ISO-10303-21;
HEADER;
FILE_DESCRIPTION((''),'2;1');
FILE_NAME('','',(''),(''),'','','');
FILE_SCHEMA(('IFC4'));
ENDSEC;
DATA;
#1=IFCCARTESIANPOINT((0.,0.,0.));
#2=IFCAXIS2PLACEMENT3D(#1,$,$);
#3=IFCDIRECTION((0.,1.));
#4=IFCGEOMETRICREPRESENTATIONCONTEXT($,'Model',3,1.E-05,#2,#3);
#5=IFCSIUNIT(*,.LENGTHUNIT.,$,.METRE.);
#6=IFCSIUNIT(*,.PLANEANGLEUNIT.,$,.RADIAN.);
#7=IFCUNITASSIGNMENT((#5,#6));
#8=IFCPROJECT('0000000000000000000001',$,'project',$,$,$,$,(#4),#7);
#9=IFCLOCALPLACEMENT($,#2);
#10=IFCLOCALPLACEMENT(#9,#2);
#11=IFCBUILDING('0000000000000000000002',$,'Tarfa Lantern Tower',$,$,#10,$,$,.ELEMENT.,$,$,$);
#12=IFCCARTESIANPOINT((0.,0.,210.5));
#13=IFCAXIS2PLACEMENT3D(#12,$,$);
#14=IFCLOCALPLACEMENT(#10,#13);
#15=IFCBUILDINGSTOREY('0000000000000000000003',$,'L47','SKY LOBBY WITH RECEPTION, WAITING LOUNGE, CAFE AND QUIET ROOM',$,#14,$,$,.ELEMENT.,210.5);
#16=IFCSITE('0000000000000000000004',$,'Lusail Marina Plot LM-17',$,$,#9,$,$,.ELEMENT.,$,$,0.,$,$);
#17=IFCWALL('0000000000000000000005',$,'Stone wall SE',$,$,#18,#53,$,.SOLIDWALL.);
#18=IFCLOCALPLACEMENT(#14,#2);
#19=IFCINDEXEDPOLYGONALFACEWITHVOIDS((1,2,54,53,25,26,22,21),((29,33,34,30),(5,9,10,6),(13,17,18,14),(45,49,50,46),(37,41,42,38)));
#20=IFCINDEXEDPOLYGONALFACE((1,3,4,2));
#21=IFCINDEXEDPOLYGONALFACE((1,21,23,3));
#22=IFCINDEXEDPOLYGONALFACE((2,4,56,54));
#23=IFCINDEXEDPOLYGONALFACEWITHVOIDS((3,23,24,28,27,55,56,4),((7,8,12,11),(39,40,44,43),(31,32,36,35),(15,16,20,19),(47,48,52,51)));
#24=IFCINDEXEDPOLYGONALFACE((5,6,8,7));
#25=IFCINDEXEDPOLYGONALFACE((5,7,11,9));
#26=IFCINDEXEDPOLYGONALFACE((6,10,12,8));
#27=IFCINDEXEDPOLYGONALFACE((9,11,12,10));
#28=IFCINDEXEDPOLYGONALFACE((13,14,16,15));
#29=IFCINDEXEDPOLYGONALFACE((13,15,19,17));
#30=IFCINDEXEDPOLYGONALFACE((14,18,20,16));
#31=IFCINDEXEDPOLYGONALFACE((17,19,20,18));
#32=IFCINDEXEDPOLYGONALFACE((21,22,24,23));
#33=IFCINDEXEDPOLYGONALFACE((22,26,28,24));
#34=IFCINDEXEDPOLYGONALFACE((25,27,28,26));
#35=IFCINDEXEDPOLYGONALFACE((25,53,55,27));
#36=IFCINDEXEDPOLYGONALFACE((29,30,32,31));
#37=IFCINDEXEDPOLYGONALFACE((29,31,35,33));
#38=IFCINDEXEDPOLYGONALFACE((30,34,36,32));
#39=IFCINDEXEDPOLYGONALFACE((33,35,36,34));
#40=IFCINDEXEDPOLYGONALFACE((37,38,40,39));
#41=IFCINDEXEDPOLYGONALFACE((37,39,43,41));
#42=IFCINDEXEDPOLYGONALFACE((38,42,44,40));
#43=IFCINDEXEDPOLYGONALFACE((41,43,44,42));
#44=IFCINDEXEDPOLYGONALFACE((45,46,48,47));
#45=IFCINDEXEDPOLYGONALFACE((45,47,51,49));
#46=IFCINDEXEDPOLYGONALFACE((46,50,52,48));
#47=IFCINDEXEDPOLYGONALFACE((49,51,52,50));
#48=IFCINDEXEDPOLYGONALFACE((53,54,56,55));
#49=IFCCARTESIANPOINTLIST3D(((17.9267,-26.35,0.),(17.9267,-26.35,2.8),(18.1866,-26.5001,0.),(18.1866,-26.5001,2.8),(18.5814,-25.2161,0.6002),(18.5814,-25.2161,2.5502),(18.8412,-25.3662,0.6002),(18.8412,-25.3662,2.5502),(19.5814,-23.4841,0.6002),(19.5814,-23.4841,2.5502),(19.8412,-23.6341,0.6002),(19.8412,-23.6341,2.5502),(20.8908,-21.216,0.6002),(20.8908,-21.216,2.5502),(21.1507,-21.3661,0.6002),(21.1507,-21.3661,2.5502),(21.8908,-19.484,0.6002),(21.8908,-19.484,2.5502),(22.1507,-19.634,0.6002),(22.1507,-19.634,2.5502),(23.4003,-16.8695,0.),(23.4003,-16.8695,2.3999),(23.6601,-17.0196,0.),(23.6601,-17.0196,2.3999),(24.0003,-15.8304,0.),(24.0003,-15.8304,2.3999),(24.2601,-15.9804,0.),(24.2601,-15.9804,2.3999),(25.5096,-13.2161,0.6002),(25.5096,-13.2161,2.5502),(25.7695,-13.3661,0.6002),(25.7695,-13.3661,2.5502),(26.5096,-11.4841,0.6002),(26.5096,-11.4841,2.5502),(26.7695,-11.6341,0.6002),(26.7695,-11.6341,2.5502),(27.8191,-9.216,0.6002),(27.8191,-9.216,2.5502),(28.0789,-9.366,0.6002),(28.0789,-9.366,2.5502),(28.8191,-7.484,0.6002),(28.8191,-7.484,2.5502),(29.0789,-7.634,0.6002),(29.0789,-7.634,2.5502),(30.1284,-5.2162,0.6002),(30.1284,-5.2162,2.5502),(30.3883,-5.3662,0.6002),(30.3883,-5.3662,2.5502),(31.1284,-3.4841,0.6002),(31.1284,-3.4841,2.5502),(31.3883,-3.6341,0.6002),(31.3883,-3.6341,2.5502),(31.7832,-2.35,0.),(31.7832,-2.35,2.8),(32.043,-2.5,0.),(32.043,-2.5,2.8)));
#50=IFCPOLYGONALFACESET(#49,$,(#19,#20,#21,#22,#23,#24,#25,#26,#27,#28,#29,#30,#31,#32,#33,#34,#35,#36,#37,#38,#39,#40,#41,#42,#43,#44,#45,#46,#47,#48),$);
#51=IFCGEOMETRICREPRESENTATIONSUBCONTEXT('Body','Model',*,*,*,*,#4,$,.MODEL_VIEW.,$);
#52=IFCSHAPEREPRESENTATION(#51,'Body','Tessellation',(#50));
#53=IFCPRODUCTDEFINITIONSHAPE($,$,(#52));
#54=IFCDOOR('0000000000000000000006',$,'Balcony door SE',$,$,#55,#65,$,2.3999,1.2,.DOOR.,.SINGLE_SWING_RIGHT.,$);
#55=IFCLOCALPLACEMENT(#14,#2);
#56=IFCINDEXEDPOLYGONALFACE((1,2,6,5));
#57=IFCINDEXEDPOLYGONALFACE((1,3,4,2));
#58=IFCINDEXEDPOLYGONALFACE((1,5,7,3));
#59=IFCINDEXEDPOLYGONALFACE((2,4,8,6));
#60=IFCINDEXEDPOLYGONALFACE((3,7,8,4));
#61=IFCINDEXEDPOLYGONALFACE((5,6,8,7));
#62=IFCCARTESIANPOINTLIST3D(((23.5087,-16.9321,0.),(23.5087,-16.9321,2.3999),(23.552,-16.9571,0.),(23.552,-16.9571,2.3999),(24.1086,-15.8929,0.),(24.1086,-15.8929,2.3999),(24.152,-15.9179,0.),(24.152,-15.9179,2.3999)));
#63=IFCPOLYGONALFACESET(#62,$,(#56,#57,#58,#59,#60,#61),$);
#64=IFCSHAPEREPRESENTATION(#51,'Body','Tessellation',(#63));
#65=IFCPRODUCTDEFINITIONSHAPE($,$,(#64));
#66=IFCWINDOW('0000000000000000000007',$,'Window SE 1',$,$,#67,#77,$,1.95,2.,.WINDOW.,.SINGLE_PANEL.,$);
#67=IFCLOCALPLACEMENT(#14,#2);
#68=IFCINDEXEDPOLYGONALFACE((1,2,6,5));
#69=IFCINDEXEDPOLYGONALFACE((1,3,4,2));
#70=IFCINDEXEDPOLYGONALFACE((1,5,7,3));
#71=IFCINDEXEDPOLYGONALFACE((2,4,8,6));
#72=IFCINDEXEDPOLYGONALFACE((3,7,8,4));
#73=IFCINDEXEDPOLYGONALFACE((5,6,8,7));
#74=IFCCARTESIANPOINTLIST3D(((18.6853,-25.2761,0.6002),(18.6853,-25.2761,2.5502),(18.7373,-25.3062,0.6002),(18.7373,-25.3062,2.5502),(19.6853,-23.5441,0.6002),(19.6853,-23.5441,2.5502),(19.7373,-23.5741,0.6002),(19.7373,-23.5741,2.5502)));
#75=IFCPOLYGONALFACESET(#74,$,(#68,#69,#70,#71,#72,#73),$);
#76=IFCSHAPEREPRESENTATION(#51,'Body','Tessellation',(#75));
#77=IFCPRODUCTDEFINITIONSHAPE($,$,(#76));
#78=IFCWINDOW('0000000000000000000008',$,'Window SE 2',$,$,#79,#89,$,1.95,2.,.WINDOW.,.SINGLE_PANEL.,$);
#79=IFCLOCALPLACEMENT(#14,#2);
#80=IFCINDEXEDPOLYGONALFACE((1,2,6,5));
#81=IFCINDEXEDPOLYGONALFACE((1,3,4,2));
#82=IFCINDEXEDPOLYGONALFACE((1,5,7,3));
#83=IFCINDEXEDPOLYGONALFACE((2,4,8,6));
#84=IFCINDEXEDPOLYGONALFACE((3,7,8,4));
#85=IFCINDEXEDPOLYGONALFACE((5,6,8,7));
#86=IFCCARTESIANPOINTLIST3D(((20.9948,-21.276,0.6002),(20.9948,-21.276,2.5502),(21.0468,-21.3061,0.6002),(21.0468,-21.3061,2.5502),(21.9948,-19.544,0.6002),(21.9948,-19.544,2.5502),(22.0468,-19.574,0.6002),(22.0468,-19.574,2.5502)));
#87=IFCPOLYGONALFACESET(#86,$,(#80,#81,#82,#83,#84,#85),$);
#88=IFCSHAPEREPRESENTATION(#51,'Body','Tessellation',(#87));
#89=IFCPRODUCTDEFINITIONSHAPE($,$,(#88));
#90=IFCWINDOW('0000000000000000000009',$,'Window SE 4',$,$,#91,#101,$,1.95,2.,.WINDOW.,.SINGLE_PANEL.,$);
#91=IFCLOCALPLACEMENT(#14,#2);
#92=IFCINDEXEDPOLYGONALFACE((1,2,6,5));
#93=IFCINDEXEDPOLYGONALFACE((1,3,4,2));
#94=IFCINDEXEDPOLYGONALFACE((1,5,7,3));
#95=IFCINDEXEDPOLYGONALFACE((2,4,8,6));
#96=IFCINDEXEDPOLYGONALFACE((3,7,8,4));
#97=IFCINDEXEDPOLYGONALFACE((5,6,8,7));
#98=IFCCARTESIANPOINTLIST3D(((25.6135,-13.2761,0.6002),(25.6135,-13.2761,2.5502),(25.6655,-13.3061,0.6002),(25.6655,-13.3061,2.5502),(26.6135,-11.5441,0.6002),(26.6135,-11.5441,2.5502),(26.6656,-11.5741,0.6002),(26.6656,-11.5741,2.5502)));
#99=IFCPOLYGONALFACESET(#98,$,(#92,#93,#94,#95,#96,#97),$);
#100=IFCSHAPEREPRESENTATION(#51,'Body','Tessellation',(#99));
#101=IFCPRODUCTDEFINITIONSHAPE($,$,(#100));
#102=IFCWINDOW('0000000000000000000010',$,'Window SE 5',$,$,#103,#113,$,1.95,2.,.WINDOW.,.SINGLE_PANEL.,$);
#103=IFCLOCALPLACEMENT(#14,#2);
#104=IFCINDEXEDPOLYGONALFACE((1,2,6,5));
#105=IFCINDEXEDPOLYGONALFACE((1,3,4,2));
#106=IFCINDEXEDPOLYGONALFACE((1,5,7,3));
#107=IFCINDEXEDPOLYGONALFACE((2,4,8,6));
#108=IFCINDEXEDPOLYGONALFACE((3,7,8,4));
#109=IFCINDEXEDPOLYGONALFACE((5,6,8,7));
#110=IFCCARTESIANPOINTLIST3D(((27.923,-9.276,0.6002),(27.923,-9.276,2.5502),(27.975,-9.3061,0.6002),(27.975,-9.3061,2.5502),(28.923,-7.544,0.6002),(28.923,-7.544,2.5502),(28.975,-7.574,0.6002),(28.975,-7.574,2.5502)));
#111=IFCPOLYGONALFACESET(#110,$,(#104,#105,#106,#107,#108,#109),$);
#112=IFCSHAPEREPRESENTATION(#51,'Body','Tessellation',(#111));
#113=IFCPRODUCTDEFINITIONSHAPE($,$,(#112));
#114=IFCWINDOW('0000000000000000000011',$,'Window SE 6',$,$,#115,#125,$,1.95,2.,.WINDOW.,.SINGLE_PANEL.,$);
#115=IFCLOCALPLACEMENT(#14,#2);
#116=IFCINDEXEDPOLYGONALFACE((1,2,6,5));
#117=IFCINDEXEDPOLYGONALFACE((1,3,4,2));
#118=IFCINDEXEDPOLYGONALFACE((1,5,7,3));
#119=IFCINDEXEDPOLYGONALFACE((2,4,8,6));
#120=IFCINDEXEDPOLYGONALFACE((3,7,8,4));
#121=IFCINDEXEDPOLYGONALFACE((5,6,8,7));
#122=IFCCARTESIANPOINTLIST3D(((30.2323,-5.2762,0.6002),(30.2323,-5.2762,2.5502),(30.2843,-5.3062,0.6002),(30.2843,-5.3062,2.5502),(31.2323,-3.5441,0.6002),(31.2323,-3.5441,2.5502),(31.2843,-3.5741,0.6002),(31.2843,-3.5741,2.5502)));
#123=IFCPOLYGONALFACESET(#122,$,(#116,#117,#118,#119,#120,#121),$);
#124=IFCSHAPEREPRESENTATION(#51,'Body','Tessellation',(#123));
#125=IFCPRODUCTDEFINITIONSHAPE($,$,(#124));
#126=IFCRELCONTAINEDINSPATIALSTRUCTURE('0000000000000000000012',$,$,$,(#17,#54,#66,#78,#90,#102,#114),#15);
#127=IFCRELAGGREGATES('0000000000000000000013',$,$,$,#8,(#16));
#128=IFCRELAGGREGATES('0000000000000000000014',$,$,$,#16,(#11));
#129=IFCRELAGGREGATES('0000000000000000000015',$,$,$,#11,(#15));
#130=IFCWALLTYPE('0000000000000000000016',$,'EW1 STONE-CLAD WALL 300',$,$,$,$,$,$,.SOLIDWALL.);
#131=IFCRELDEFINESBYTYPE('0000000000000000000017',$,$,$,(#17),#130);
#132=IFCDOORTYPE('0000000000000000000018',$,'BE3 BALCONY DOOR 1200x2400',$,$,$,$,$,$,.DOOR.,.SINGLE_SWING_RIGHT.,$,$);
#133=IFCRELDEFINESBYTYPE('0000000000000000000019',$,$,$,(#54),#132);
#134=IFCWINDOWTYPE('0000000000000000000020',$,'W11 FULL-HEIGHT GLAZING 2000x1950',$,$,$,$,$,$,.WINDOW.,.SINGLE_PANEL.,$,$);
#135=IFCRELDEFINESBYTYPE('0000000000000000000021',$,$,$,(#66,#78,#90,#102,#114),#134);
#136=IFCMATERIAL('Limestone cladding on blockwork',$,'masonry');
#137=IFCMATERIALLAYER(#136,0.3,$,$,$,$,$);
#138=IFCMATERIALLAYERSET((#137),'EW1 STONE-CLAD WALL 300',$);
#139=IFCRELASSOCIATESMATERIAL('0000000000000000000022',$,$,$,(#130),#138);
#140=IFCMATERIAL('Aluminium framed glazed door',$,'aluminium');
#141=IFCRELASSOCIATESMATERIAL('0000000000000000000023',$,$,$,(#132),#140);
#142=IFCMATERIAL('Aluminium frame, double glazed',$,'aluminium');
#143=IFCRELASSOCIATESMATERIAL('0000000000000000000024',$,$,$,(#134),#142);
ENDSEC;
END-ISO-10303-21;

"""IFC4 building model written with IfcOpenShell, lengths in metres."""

from ifc_helpers import new_model, si_unit, direction, frame, frame_2d, origin, place, context, subcontext, project, spatial, rectangle, extrude, material, layer, layer_set, type_object, element, fill, save


model = new_model("IFC4")

# Units and contexts
model_context = context("Model", 3, precision=1e-05, world=origin(), true_north=direction((0.0, 1.0)))
body_context = subcontext(model_context, "Body", "Model", "MODEL_VIEW")
ifc_project = project(units=[si_unit("LENGTHUNIT", "METRE"), si_unit("PLANEANGLEUNIT", "RADIAN")], contexts=[model_context])

# Site, building, storey
site_placement = place(None, origin())
site = spatial("IfcSite", under=ifc_project, at=site_placement, Name="Lusail Marina Plot LM-17", CompositionType="ELEMENT", RefElevation=0.0)
building_placement = place(site_placement, origin())
building = spatial("IfcBuilding", under=site, at=building_placement, Name="Tarfa Lantern Tower", CompositionType="ELEMENT")
storey_placement = place(building_placement, frame((0.0, 0.0, 210.5)))
storey = spatial("IfcBuildingStorey", under=building, at=storey_placement, Name="L47", Description="SKY LOBBY WITH RECEPTION, WAITING LOUNGE, CAFE AND QUIET ROOM", CompositionType="ELEMENT", Elevation=210.5)

# Wall, openings, door, windows
ifc_material_1 = material(Name="Limestone cladding on blockwork", Category="masonry")
ifc_layer = layer(ifc_material_1, 0.3)
ifc_layer_set = layer_set([ifc_layer], Name="EW1 STONE-CLAD WALL 300")
wall_type = type_object("IfcWallType", Name="EW1 STONE-CLAD WALL 300", PredefinedType="SOLIDWALL", material=ifc_layer_set)
wall_placement = place(storey_placement, frame((18.0566, -26.425, 0.0), z_axis=(0.0, 0.0, 1.0), x_axis=(0.500001, 0.866025, 0.0)))
wall = element("IfcWall", 1, at=wall_placement, inside=storey, type_object=wall_type, Name="Stone wall SE", PredefinedType="SOLIDWALL", context=body_context, shape_type="SweptSolid", body=[
    extrude(rectangle(XDim=27.7129, YDim=0.3, at=frame_2d((13.8564, 0.0))), origin(), (0.0, 0.0, 1.0), 2.8),
])
opening_1_placement = place(wall_placement, frame((1.3093, 0.0, 0.6001)))
opening_1 = element("IfcOpeningElement", 2, at=opening_1_placement, cuts=wall, PredefinedType="OPENING", context=body_context, shape_type="SweptSolid", body=[
    extrude(rectangle(XDim=2.0, YDim=1.95, at=frame_2d((1.0, 0.9751))), frame((0.0, 0.1599, 0.0), z_axis=(0.0, -1.0, 0.0), x_axis=(1.0, 0.0, 0.0)), (0.0, 0.0, 1.0), 0.3201),
])
opening_2_placement = place(wall_placement, frame((5.9282, 0.0, 0.6001)))
opening_2 = element("IfcOpeningElement", 3, at=opening_2_placement, cuts=wall, PredefinedType="OPENING", context=body_context, shape_type="SweptSolid", body=[
    extrude(rectangle(XDim=2.0, YDim=1.95, at=frame_2d((1.0, 0.9751))), frame((0.0, 0.1599, 0.0), z_axis=(0.0, -1.0, 0.0), x_axis=(1.0, 0.0, 0.0)), (0.0, 0.0, 1.0), 0.3201),
])
opening_3_placement = place(wall_placement, frame((10.947, 0.0, 0.0)))
opening_3 = element("IfcOpeningElement", 4, at=opening_3_placement, cuts=wall, PredefinedType="OPENING", context=body_context, shape_type="SweptSolid", body=[
    extrude(rectangle(XDim=1.2, YDim=2.3999, at=frame_2d((0.6001, 1.2))), frame((0.0, 0.1599, 0.0), z_axis=(0.0, -1.0, 0.0), x_axis=(1.0, 0.0, 0.0)), (0.0, 0.0, 1.0), 0.3201),
])
opening_4_placement = place(wall_placement, frame((15.1658, 0.0, 0.6001)))
opening_4 = element("IfcOpeningElement", 5, at=opening_4_placement, cuts=wall, PredefinedType="OPENING", context=body_context, shape_type="SweptSolid", body=[
    extrude(rectangle(XDim=2.0, YDim=1.95, at=frame_2d((1.0, 0.9751))), frame((0.0, 0.1599, 0.0), z_axis=(0.0, -1.0, 0.0), x_axis=(1.0, 0.0, 0.0)), (0.0, 0.0, 1.0), 0.3201),
])
opening_5_placement = place(wall_placement, frame((19.7847, 0.0, 0.6001)))
opening_5 = element("IfcOpeningElement", 6, at=opening_5_placement, cuts=wall, PredefinedType="OPENING", context=body_context, shape_type="SweptSolid", body=[
    extrude(rectangle(XDim=2.0, YDim=1.95, at=frame_2d((1.0, 0.9751))), frame((0.0, 0.1599, 0.0), z_axis=(0.0, -1.0, 0.0), x_axis=(1.0, 0.0, 0.0)), (0.0, 0.0, 1.0), 0.3201),
])
opening_6_placement = place(wall_placement, frame((24.4033, 0.0, 0.6001)))
opening_6 = element("IfcOpeningElement", 7, at=opening_6_placement, cuts=wall, PredefinedType="OPENING", context=body_context, shape_type="SweptSolid", body=[
    extrude(rectangle(XDim=2.0, YDim=1.95, at=frame_2d((1.0, 0.9751))), frame((0.0, 0.1599, 0.0), z_axis=(0.0, -1.0, 0.0), x_axis=(1.0, 0.0, 0.0)), (0.0, 0.0, 1.0), 0.3201),
])
ifc_material_2 = material(Name="Aluminium framed glazed door", Category="aluminium")
door_type = type_object("IfcDoorType", Name="BE3 BALCONY DOOR 1200x2400", OperationType="SINGLE_SWING_RIGHT", PredefinedType="DOOR", material=ifc_material_2)
door_placement = place(opening_3_placement, origin())
door = element("IfcDoor", 8, at=door_placement, inside=storey, type_object=door_type, Name="Balcony door SE", OperationType="SINGLE_SWING_RIGHT", OverallHeight=2.3999, OverallWidth=1.2, PredefinedType="DOOR", context=body_context, shape_type="SweptSolid", body=[
    extrude(rectangle(XDim=1.2, YDim=2.3999, at=frame_2d((0.6001, 1.2))), frame((0.0, 0.0249, 0.0), z_axis=(0.0, -1.0, 0.0), x_axis=(1.0, 0.0, 0.0)), (0.0, 0.0, 1.0), 0.05),
])
fill(opening_3, door)
ifc_material_3 = material(Name="Aluminium frame, double glazed", Category="aluminium")
window_type = type_object("IfcWindowType", Name="W11 FULL-HEIGHT GLAZING 2000x1950", PartitioningType="SINGLE_PANEL", PredefinedType="WINDOW", material=ifc_material_3)
window_1_placement = place(opening_1_placement, origin())
window_1 = element("IfcWindow", 9, at=window_1_placement, inside=storey, type_object=window_type, Name="Window SE 1", OverallHeight=1.95, OverallWidth=2.0, PartitioningType="SINGLE_PANEL", PredefinedType="WINDOW", context=body_context, shape_type="SweptSolid", body=[
    extrude(rectangle(XDim=2.0, YDim=1.95, at=frame_2d((1.0, 0.9751))), frame((0.0, 0.03, 0.0), z_axis=(0.0, -1.0, 0.0), x_axis=(1.0, 0.0, 0.0)), (0.0, 0.0, 1.0), 0.0601),
])
fill(opening_1, window_1)
window_2_placement = place(opening_2_placement, origin())
window_2 = element("IfcWindow", 10, at=window_2_placement, inside=storey, type_object=window_type, Name="Window SE 2", OverallHeight=1.95, OverallWidth=2.0, PartitioningType="SINGLE_PANEL", PredefinedType="WINDOW", context=body_context, shape_type="SweptSolid", body=[
    extrude(rectangle(XDim=2.0, YDim=1.95, at=frame_2d((1.0, 0.9751))), frame((0.0, 0.03, 0.0), z_axis=(0.0, -1.0, 0.0), x_axis=(1.0, 0.0, 0.0)), (0.0, 0.0, 1.0), 0.0601),
])
fill(opening_2, window_2)
window_3_placement = place(opening_4_placement, origin())
window_3 = element("IfcWindow", 11, at=window_3_placement, inside=storey, type_object=window_type, Name="Window SE 4", OverallHeight=1.95, OverallWidth=2.0, PartitioningType="SINGLE_PANEL", PredefinedType="WINDOW", context=body_context, shape_type="SweptSolid", body=[
    extrude(rectangle(XDim=2.0, YDim=1.95, at=frame_2d((1.0, 0.9751))), frame((0.0, 0.03, 0.0), z_axis=(0.0, -1.0, 0.0), x_axis=(1.0, 0.0, 0.0)), (0.0, 0.0, 1.0), 0.0601),
])
fill(opening_4, window_3)
window_4_placement = place(opening_5_placement, origin())
window_4 = element("IfcWindow", 12, at=window_4_placement, inside=storey, type_object=window_type, Name="Window SE 5", OverallHeight=1.95, OverallWidth=2.0, PartitioningType="SINGLE_PANEL", PredefinedType="WINDOW", context=body_context, shape_type="SweptSolid", body=[
    extrude(rectangle(XDim=2.0, YDim=1.95, at=frame_2d((1.0, 0.9751))), frame((0.0, 0.03, 0.0), z_axis=(0.0, -1.0, 0.0), x_axis=(1.0, 0.0, 0.0)), (0.0, 0.0, 1.0), 0.0601),
])
fill(opening_5, window_4)
window_5_placement = place(opening_6_placement, origin())
window_5 = element("IfcWindow", 13, at=window_5_placement, inside=storey, type_object=window_type, Name="Window SE 6", OverallHeight=1.95, OverallWidth=2.0, PartitioningType="SINGLE_PANEL", PredefinedType="WINDOW", context=body_context, shape_type="SweptSolid", body=[
    extrude(rectangle(XDim=2.0, YDim=1.95, at=frame_2d((1.0, 0.9751))), frame((0.0, 0.03, 0.0), z_axis=(0.0, -1.0, 0.0), x_axis=(1.0, 0.0, 0.0)), (0.0, 0.0, 1.0), 0.0601),
])
fill(opening_6, window_5)

save(model, "model.ifc")
